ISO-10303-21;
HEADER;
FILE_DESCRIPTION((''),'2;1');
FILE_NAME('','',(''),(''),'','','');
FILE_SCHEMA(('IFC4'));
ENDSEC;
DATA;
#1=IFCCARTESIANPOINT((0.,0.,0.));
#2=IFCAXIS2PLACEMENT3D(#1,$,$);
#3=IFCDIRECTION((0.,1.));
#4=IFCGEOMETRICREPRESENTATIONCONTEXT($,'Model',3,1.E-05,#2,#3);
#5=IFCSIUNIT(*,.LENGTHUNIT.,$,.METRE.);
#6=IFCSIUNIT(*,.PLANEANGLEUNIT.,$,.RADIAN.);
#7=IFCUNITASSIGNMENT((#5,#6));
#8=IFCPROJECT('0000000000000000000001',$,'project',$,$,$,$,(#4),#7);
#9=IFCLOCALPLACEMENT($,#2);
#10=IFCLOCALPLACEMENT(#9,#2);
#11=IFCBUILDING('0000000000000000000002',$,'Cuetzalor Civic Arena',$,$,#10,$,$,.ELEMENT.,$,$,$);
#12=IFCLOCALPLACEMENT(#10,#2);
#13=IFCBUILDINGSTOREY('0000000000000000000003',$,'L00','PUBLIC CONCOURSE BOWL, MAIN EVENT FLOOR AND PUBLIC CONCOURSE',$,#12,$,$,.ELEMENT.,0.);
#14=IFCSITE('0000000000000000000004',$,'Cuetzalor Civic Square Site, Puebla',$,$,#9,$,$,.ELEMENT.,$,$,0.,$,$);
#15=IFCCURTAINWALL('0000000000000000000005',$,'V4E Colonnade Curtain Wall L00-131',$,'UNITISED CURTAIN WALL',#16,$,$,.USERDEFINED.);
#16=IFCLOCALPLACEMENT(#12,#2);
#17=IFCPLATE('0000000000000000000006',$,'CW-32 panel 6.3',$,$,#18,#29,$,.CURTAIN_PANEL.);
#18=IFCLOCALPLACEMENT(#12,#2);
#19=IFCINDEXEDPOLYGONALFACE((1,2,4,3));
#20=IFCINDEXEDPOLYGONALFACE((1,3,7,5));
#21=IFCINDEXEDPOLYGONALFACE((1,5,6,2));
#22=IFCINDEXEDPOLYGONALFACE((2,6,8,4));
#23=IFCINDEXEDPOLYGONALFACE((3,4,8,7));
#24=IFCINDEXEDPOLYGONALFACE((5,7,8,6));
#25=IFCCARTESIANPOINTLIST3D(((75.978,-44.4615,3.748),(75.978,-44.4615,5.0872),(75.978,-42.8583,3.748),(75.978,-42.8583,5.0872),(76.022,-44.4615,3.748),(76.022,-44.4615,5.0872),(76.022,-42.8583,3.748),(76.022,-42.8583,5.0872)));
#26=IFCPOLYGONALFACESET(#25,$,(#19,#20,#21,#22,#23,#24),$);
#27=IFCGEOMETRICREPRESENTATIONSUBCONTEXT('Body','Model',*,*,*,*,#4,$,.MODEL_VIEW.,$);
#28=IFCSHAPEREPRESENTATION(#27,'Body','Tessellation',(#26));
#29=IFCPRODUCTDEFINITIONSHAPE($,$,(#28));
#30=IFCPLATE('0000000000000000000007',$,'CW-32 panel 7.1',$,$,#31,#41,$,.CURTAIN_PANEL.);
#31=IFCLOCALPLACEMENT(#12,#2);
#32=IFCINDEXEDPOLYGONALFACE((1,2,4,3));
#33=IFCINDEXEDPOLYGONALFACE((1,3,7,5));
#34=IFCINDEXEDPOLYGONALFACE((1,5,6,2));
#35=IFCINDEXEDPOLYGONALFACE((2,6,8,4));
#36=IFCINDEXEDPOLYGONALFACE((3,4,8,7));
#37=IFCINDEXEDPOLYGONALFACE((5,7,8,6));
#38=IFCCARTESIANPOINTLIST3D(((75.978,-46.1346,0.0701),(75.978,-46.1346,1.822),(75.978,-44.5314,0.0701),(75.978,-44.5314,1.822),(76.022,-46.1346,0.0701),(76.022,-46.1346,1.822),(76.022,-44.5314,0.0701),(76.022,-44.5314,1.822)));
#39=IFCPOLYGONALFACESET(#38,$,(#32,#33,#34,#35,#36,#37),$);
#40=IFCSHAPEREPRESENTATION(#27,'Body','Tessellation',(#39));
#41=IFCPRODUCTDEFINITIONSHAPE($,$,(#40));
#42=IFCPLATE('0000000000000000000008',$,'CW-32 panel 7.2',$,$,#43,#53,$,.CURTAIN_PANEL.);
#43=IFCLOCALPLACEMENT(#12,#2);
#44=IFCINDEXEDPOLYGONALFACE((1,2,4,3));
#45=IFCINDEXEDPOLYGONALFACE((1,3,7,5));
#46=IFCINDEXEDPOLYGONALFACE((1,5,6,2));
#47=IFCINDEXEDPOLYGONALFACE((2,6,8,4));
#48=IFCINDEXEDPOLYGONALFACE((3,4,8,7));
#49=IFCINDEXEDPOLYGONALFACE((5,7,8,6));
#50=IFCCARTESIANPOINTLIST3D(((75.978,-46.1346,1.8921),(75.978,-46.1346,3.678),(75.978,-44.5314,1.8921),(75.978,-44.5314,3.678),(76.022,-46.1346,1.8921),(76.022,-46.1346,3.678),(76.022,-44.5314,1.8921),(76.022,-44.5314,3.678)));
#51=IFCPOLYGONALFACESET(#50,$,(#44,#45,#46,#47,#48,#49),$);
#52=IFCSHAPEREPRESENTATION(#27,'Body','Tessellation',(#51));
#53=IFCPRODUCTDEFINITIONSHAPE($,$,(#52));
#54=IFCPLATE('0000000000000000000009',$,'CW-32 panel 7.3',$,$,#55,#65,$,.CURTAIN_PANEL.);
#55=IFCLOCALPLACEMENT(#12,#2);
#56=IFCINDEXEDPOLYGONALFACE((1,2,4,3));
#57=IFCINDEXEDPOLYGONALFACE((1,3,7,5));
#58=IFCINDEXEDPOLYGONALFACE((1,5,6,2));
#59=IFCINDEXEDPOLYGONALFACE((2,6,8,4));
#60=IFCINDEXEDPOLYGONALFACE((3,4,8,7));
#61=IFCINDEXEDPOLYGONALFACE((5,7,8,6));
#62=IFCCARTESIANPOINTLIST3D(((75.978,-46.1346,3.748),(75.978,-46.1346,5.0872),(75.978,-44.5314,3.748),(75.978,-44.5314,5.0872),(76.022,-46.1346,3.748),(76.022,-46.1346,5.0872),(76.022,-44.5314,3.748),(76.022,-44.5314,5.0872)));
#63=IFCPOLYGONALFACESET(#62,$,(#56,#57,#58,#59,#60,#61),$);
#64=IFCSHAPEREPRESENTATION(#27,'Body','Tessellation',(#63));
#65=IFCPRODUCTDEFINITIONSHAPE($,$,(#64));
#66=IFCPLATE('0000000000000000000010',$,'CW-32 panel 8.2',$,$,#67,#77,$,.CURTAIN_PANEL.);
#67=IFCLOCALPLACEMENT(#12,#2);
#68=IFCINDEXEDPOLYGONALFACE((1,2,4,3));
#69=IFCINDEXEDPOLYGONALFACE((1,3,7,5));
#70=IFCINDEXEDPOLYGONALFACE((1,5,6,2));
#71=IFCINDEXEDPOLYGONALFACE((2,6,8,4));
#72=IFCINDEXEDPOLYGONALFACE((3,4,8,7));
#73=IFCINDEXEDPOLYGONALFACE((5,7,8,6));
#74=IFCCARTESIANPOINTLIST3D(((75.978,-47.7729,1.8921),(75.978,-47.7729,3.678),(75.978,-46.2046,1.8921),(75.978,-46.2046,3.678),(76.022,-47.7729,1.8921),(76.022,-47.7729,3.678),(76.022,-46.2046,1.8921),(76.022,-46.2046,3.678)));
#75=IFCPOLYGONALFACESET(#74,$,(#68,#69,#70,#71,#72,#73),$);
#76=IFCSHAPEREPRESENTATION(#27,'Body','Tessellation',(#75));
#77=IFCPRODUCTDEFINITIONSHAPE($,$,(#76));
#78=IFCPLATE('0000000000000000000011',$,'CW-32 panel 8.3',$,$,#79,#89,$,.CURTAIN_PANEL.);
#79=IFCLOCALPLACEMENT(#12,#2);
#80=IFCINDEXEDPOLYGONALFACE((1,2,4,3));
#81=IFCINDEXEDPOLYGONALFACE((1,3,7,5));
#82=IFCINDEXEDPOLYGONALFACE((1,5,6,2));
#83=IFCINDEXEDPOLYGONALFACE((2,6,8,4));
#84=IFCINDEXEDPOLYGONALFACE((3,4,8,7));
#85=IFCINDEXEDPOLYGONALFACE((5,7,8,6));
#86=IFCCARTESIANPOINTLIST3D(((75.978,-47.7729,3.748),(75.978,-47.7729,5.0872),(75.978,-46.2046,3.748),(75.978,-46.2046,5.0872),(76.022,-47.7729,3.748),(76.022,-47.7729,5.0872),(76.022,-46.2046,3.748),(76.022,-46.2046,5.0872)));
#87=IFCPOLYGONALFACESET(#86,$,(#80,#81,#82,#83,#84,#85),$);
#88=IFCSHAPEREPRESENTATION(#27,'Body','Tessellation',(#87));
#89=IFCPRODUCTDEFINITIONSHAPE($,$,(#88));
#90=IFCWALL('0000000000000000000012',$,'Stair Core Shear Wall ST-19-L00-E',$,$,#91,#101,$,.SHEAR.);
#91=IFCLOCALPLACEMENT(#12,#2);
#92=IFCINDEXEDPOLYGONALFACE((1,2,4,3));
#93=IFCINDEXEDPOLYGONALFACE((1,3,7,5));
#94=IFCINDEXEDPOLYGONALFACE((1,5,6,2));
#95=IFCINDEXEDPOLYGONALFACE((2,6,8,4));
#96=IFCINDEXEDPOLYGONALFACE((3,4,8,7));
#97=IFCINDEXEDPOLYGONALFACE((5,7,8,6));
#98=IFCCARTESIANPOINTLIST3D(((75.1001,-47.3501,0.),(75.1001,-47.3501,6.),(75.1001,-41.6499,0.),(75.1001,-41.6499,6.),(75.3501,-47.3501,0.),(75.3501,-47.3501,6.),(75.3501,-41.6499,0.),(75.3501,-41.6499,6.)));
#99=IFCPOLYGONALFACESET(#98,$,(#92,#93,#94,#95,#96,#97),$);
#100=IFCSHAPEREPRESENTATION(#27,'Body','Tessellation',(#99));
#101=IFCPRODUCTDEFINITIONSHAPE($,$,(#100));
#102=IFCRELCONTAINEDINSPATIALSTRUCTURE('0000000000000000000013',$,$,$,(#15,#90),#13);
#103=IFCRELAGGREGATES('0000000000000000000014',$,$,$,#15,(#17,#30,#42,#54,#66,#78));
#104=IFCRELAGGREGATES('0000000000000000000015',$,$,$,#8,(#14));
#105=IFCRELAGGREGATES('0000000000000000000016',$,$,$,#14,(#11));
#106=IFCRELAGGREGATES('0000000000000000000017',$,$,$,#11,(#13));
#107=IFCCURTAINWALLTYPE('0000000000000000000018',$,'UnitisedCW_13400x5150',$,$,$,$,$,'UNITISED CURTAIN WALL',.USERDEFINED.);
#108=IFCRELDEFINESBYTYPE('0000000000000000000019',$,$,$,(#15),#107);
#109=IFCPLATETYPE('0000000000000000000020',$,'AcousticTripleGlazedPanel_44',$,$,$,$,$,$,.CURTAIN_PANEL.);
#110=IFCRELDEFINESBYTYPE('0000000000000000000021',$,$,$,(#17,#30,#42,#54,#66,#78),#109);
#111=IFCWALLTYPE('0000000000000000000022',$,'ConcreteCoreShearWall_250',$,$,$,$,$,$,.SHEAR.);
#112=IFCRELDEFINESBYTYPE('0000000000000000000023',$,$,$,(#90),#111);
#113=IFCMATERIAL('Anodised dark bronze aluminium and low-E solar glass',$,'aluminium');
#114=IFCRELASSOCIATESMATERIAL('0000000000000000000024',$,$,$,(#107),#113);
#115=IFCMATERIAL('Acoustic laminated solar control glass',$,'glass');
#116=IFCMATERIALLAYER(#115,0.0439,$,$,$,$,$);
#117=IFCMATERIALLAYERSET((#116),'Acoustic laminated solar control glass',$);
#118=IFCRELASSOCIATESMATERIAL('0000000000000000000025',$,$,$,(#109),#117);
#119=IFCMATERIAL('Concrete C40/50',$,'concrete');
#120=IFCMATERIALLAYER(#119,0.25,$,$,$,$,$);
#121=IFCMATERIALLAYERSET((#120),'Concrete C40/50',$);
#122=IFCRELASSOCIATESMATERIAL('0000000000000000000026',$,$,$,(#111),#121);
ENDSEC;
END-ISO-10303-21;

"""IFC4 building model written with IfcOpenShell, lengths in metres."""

from ifc_helpers import new_model, si_unit, direction, frame, frame_2d, origin, origin_2d, place, context, subcontext, project, spatial, rectangle, extrude, material, layer, layer_set, type_object, element, aggregate, save


model = new_model("IFC4")

# Units and contexts
model_context = context("Model", 3, precision=1e-05, world=origin(), true_north=direction((0.0, 1.0)))
body_context = subcontext(model_context, "Body", "Model", "MODEL_VIEW")
ifc_project = project(units=[si_unit("LENGTHUNIT", "METRE"), si_unit("PLANEANGLEUNIT", "RADIAN")], contexts=[model_context])

# Site, building, storey
site_placement = place(None, origin())
site = spatial("IfcSite", under=ifc_project, at=site_placement, Name="Cuetzalor Civic Square Site, Puebla", CompositionType="ELEMENT", RefElevation=0.0)
building_placement = place(site_placement, origin())
building = spatial("IfcBuilding", under=site, at=building_placement, Name="Cuetzalor Civic Arena", CompositionType="ELEMENT")
storey_placement = place(building_placement, origin())
storey = spatial("IfcBuildingStorey", under=building, at=storey_placement, Name="L00", Description="PUBLIC CONCOURSE BOWL, MAIN EVENT FLOOR AND PUBLIC CONCOURSE", CompositionType="ELEMENT", Elevation=0.0)

# Curtain wall
ifc_material_1 = material(Name="Anodised dark bronze aluminium and low-E solar glass", Category="aluminium")
curtain_wall_type = type_object("IfcCurtainWallType", Name="UnitisedCW_13400x5150", ElementType="UNITISED CURTAIN WALL", PredefinedType="USERDEFINED", material=ifc_material_1)
curtain_wall_placement = place(storey_placement, origin())
curtain_wall = element("IfcCurtainWall", 1, at=curtain_wall_placement, inside=storey, type_object=curtain_wall_type, Name="V4E Colonnade Curtain Wall L00-131", ObjectType="UNITISED CURTAIN WALL", PredefinedType="USERDEFINED")

# Plates
ifc_material_2 = material(Name="Acoustic laminated solar control glass", Category="glass")
ifc_layer_1 = layer(ifc_material_2, 0.0439)
ifc_layer_set_1 = layer_set([ifc_layer_1], Name="Acoustic laminated solar control glass")
plate_type = type_object("IfcPlateType", Name="AcousticTripleGlazedPanel_44", PredefinedType="CURTAIN_PANEL", material=ifc_layer_set_1)
plate_1_placement = place(storey_placement, frame((76.0, -43.6599, 3.748), z_axis=(0.0, 0.0, 1.0), x_axis=(0.0, -1.0, 0.0)))
plate_1 = element("IfcPlate", 2, at=plate_1_placement, type_object=plate_type, Name="CW-32 panel 6.3", PredefinedType="CURTAIN_PANEL", context=body_context, shape_type="SweptSolid", body=[
    extrude(rectangle(XDim=1.6033, YDim=0.0439, at=origin_2d()), origin(), (0.0, 0.0, 1.0), 1.3391),
])
plate_2_placement = place(storey_placement, frame((76.0, -45.333, 0.0701), z_axis=(0.0, 0.0, 1.0), x_axis=(0.0, -1.0, 0.0)))
plate_2 = element("IfcPlate", 3, at=plate_2_placement, type_object=plate_type, Name="CW-32 panel 7.1", PredefinedType="CURTAIN_PANEL", context=body_context, shape_type="SweptSolid", body=[
    extrude(rectangle(XDim=1.6033, YDim=0.0439, at=origin_2d()), origin(), (0.0, 0.0, 1.0), 1.752),
])
plate_3_placement = place(storey_placement, frame((76.0, -45.333, 1.8921), z_axis=(0.0, 0.0, 1.0), x_axis=(0.0, -1.0, 0.0)))
plate_3 = element("IfcPlate", 4, at=plate_3_placement, type_object=plate_type, Name="CW-32 panel 7.2", PredefinedType="CURTAIN_PANEL", context=body_context, shape_type="SweptSolid", body=[
    extrude(rectangle(XDim=1.6033, YDim=0.0439, at=origin_2d()), origin(), (0.0, 0.0, 1.0), 1.7859),
])
plate_4_placement = place(storey_placement, frame((76.0, -45.333, 3.748), z_axis=(0.0, 0.0, 1.0), x_axis=(0.0, -1.0, 0.0)))
plate_4 = element("IfcPlate", 5, at=plate_4_placement, type_object=plate_type, Name="CW-32 panel 7.3", PredefinedType="CURTAIN_PANEL", context=body_context, shape_type="SweptSolid", body=[
    extrude(rectangle(XDim=1.6033, YDim=0.0439, at=origin_2d()), origin(), (0.0, 0.0, 1.0), 1.3391),
])
plate_5_placement = place(storey_placement, frame((76.0, -46.9888, 1.8921), z_axis=(0.0, 0.0, 1.0), x_axis=(0.0, -1.0, 0.0)))
plate_5 = element("IfcPlate", 6, at=plate_5_placement, type_object=plate_type, Name="CW-32 panel 8.2", PredefinedType="CURTAIN_PANEL", context=body_context, shape_type="SweptSolid", body=[
    extrude(rectangle(XDim=1.5684, YDim=0.0439, at=origin_2d()), origin(), (0.0, 0.0, 1.0), 1.7859),
])
plate_6_placement = place(storey_placement, frame((76.0, -46.9888, 3.748), z_axis=(0.0, 0.0, 1.0), x_axis=(0.0, -1.0, 0.0)))
plate_6 = element("IfcPlate", 7, at=plate_6_placement, type_object=plate_type, Name="CW-32 panel 8.3", PredefinedType="CURTAIN_PANEL", context=body_context, shape_type="SweptSolid", body=[
    extrude(rectangle(XDim=1.5684, YDim=0.0439, at=origin_2d()), origin(), (0.0, 0.0, 1.0), 1.3391),
])
aggregate(curtain_wall, [plate_1, plate_2, plate_3, plate_4, plate_5, plate_6])

# Wall
ifc_material_3 = material(Name="Concrete C40/50", Category="concrete")
ifc_layer_2 = layer(ifc_material_3, 0.25)
ifc_layer_set_2 = layer_set([ifc_layer_2], Name="Concrete C40/50")
wall_type = type_object("IfcWallType", Name="ConcreteCoreShearWall_250", PredefinedType="SHEAR", material=ifc_layer_set_2)
wall_placement = place(storey_placement, frame((75.2251, -41.6499, 0.0), z_axis=(0.0, 0.0, 1.0), x_axis=(0.0, -1.0, 0.0)))
element("IfcWall", 8, at=wall_placement, inside=storey, type_object=wall_type, Name="Stair Core Shear Wall ST-19-L00-E", PredefinedType="SHEAR", context=body_context, shape_type="SweptSolid", body=[
    extrude(rectangle(XDim=5.7002, YDim=0.25, at=frame_2d((2.8501, 0.0))), origin(), (0.0, 0.0, 1.0), 6.0),
])

save(model, "model.ifc")
